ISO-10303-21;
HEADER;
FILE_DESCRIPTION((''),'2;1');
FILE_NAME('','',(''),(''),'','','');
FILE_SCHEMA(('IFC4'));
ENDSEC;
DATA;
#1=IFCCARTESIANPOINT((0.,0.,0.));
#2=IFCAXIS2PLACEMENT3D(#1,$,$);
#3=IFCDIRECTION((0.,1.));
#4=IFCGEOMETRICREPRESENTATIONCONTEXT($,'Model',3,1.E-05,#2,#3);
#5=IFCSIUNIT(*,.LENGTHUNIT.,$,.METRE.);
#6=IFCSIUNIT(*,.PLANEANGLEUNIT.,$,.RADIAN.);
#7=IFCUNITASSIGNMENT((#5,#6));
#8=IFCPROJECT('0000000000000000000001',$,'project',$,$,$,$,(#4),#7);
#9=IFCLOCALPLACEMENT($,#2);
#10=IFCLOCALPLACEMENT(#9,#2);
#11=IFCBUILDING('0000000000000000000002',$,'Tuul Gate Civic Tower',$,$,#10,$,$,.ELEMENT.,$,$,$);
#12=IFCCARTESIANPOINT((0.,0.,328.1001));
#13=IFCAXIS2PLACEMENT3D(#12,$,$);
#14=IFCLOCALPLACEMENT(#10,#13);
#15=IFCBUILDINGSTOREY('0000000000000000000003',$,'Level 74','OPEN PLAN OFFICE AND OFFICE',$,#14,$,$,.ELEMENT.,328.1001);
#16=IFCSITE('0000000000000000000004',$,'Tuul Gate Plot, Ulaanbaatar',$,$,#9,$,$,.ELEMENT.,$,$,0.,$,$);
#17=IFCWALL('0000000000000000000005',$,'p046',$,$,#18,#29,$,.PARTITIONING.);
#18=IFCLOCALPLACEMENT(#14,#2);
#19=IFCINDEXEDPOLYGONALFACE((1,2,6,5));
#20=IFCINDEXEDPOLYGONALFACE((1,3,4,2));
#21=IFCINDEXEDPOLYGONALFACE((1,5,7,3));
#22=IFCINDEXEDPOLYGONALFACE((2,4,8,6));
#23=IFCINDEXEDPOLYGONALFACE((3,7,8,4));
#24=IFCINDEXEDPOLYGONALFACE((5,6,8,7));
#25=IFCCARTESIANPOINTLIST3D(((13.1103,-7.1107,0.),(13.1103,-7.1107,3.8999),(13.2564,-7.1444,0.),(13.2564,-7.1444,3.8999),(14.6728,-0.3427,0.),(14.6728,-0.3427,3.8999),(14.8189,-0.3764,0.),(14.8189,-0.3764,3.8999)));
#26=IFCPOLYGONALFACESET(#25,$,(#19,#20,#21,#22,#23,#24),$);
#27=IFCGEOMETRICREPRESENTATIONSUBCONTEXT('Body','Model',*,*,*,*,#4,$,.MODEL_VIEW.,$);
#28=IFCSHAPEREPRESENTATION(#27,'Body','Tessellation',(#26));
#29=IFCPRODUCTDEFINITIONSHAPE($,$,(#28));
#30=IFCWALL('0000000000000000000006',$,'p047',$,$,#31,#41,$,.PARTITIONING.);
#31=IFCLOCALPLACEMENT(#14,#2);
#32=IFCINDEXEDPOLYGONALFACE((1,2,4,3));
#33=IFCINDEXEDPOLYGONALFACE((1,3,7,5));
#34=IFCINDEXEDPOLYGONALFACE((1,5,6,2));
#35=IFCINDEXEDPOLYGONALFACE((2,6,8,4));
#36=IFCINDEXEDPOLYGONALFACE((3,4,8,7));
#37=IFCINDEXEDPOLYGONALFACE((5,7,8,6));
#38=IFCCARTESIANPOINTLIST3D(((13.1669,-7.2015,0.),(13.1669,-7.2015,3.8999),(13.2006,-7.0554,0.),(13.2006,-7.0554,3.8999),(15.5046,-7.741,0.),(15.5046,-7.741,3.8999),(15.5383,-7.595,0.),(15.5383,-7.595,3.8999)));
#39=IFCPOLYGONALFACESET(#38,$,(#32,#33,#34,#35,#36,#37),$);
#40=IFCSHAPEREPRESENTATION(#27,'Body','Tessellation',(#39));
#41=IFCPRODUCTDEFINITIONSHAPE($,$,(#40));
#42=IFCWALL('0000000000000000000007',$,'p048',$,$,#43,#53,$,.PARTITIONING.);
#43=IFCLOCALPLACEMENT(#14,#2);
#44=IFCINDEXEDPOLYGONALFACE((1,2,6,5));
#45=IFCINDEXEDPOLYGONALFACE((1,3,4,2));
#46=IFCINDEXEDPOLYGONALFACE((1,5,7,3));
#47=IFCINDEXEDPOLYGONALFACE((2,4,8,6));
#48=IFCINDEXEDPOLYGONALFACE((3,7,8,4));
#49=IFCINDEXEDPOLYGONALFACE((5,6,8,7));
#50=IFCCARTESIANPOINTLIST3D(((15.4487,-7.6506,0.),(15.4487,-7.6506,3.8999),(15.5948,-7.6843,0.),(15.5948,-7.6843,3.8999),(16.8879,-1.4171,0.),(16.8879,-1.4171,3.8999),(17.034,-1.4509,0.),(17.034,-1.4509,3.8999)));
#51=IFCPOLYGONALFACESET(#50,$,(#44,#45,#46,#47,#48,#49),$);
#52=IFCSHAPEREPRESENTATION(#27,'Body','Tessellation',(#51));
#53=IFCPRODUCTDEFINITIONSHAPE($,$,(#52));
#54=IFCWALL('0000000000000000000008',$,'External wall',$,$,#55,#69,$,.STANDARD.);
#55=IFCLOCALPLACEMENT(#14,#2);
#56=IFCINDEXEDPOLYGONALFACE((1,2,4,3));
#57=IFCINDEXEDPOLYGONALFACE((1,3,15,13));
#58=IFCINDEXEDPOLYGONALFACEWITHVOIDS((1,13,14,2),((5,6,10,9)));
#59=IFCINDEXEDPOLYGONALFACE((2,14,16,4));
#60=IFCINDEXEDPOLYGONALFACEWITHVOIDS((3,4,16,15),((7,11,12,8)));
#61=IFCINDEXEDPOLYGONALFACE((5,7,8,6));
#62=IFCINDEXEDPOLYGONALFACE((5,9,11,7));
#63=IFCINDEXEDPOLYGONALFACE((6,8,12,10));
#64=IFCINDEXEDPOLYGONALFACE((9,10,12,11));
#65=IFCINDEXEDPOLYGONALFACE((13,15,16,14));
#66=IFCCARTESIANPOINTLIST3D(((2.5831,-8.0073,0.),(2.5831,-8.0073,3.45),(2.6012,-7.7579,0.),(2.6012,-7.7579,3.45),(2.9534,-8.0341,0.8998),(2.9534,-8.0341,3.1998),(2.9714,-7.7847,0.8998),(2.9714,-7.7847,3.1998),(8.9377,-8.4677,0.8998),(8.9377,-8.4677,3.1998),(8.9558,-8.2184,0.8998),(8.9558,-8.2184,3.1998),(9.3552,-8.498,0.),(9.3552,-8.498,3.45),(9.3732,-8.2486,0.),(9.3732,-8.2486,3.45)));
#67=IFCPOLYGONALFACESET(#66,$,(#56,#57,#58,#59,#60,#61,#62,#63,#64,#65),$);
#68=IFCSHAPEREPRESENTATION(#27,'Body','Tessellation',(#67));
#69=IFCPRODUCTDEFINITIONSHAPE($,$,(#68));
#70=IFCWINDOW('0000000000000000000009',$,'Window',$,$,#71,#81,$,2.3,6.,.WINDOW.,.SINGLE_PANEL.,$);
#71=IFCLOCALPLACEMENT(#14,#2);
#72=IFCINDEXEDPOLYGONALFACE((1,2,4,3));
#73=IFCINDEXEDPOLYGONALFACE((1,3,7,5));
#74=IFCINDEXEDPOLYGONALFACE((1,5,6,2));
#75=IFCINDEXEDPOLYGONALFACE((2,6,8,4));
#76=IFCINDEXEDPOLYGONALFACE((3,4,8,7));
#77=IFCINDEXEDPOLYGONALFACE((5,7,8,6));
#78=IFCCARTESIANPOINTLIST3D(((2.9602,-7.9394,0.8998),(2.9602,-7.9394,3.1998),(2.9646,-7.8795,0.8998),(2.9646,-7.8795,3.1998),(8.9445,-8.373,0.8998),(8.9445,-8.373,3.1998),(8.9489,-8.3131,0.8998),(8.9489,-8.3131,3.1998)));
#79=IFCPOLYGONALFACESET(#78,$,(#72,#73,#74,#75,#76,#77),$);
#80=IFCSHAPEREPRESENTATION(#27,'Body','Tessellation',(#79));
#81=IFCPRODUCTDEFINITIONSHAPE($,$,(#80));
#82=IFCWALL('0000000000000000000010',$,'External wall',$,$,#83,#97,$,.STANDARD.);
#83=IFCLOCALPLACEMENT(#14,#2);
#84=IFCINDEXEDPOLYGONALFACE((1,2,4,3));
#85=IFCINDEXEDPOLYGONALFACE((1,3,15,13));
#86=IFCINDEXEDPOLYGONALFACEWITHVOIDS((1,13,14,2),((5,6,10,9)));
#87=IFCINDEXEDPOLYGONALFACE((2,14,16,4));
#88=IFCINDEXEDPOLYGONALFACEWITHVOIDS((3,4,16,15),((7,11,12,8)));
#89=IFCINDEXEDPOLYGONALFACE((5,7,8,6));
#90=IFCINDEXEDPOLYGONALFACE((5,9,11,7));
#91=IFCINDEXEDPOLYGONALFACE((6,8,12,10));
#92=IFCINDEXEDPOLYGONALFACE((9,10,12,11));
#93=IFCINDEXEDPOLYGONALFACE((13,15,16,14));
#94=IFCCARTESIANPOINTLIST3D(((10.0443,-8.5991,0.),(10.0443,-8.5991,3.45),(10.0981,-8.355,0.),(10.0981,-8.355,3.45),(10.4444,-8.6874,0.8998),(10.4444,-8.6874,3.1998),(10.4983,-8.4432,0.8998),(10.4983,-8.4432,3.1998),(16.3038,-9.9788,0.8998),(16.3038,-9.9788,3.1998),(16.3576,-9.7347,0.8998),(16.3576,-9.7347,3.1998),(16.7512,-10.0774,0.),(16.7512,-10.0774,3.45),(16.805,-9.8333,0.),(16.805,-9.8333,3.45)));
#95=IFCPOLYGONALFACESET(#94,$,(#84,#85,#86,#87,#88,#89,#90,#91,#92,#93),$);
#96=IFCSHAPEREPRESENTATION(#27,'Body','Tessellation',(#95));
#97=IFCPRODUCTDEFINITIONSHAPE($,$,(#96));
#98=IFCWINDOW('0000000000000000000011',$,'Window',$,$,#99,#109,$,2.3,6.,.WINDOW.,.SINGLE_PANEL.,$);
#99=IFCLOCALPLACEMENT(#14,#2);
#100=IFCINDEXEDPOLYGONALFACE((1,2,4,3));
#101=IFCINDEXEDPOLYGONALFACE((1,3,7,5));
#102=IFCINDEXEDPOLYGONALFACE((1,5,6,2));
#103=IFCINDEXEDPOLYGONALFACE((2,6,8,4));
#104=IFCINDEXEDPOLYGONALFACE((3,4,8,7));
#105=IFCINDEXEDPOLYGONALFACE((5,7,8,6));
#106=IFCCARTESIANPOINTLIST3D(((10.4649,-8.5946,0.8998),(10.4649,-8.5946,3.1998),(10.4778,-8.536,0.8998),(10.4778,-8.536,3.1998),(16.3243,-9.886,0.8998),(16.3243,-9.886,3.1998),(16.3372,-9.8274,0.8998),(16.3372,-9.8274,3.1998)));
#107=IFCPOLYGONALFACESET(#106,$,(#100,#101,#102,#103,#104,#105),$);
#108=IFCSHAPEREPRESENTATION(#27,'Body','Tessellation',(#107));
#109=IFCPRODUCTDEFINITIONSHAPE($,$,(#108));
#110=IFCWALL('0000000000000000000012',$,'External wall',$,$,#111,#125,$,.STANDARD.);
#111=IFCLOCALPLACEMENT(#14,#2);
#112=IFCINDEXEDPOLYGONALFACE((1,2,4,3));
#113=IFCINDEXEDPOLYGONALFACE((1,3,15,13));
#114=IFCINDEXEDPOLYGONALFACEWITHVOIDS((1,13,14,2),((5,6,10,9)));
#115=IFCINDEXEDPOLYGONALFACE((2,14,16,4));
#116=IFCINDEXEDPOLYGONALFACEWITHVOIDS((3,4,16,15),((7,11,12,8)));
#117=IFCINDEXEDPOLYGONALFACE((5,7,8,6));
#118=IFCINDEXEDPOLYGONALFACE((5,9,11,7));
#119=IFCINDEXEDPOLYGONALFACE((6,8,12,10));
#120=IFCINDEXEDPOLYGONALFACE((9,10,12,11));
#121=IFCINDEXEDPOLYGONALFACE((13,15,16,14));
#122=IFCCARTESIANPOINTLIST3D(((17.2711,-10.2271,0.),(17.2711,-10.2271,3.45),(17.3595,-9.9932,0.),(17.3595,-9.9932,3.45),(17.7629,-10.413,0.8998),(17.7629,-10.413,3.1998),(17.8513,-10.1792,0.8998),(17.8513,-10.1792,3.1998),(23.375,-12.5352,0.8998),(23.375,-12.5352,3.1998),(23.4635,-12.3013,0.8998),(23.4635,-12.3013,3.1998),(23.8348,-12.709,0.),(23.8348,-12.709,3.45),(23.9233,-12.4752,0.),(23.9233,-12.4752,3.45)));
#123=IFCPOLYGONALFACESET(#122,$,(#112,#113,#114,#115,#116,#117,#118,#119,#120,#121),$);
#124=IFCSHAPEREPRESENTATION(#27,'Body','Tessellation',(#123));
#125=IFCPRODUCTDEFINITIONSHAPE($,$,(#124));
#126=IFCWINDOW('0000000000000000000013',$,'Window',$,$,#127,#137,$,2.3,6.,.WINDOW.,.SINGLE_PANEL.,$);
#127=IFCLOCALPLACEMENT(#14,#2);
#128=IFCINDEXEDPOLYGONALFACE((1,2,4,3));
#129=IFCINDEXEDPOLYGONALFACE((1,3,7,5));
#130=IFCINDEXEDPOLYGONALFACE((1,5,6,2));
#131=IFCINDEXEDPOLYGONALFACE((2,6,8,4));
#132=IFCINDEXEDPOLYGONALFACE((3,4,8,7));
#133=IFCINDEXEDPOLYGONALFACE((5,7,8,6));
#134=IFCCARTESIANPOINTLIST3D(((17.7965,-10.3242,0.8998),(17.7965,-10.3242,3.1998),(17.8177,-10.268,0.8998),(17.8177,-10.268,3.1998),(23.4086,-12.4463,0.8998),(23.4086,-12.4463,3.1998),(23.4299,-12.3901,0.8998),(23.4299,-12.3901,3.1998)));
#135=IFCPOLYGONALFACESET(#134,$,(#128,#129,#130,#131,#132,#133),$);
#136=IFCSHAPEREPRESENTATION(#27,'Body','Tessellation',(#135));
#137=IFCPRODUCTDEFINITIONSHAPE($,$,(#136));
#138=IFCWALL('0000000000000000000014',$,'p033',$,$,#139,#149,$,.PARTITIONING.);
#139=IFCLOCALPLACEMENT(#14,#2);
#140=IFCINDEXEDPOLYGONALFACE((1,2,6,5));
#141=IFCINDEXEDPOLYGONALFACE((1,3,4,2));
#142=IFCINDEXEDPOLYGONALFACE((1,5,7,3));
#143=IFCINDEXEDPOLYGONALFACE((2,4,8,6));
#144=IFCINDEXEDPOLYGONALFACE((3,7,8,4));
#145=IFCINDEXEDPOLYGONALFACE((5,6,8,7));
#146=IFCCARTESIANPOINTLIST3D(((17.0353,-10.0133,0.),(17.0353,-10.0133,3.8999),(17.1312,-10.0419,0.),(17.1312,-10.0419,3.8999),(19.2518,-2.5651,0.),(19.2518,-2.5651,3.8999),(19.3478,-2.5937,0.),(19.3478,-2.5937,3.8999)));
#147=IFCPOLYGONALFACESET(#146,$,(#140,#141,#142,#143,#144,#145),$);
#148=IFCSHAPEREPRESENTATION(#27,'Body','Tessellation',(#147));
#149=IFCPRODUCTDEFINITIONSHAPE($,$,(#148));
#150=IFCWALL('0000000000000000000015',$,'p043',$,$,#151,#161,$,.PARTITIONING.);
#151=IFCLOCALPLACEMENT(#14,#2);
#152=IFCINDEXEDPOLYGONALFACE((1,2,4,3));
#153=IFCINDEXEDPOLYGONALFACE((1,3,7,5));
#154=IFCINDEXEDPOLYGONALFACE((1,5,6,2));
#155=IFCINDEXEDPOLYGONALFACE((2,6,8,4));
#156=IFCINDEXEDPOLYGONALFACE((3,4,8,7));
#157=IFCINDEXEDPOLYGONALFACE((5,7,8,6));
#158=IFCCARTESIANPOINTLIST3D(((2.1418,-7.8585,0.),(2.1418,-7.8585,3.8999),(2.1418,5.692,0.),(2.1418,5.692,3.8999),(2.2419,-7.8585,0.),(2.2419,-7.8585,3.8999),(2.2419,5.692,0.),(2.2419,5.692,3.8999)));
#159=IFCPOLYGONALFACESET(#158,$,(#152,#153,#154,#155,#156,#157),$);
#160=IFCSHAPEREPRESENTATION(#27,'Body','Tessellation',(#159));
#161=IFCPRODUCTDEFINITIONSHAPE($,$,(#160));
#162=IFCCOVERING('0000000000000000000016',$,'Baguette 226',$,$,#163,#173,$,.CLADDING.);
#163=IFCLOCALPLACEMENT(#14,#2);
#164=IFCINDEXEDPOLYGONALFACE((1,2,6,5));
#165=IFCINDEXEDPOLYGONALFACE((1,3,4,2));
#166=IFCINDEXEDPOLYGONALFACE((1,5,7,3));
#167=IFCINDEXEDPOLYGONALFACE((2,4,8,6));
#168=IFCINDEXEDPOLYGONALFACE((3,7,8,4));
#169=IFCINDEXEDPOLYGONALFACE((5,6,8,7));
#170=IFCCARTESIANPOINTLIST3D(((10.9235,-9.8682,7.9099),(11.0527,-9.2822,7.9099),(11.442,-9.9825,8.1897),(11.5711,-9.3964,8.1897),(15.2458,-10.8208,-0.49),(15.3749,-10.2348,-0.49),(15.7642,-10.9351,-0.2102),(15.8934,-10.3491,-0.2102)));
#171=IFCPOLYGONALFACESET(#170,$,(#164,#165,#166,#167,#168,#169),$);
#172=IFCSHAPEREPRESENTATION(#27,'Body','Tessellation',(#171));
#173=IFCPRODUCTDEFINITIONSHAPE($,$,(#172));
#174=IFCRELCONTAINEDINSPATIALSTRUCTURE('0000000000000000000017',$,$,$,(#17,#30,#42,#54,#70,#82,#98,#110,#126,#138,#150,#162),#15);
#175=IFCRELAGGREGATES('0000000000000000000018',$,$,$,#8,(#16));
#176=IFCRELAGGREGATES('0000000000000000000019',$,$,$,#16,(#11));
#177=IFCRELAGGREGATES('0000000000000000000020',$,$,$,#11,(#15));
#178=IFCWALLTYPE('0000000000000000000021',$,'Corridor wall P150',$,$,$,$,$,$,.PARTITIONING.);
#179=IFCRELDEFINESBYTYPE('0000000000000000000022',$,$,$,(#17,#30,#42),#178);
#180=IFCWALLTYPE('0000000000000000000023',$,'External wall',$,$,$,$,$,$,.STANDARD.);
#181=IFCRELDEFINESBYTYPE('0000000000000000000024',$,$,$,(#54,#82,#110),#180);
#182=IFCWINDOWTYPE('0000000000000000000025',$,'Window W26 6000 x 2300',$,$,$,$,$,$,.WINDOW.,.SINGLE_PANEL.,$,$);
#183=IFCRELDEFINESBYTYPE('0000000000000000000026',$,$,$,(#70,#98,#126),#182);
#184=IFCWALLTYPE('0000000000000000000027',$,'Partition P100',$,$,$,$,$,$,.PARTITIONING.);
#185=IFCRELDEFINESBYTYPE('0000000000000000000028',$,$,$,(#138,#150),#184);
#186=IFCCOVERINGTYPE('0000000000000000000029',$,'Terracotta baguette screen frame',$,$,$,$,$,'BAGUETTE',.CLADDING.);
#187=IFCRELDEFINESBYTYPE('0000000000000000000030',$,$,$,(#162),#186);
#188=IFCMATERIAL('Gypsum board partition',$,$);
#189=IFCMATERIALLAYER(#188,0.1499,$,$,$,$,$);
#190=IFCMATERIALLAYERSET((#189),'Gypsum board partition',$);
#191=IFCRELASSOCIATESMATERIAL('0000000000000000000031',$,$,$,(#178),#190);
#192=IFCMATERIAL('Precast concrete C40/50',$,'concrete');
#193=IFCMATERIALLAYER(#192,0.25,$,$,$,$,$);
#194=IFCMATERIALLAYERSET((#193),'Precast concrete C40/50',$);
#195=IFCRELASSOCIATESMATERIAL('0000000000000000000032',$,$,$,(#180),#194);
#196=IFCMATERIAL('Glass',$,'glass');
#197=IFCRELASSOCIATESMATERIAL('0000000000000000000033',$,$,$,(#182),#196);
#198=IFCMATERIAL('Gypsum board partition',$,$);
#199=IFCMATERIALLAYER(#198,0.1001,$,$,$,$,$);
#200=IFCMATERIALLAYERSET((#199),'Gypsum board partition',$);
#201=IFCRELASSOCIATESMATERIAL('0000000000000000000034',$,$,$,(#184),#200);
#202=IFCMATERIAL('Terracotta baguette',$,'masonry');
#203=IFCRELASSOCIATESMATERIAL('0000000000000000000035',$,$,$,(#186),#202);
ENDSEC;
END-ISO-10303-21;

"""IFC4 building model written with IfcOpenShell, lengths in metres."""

from ifc_helpers import new_model, si_unit, direction, frame, frame_2d, origin, origin_2d, place, context, subcontext, project, spatial, rectangle, extrude, material, layer, layer_set, material_profile, profile_set, type_object, element, fill, save


model = new_model("IFC4")

# Units and contexts
model_context = context("Model", 3, precision=1e-05, world=origin(), true_north=direction((0.0, 1.0)))
body_context = subcontext(model_context, "Body", "Model", "MODEL_VIEW")
ifc_project = project(units=[si_unit("LENGTHUNIT", "METRE"), si_unit("PLANEANGLEUNIT", "RADIAN")], contexts=[model_context])

# Site, building, storey
site_placement = place(None, origin())
site = spatial("IfcSite", under=ifc_project, at=site_placement, Name="Tuul Gate Plot, Ulaanbaatar", CompositionType="ELEMENT", RefElevation=0.0)
building_placement = place(site_placement, origin())
building = spatial("IfcBuilding", under=site, at=building_placement, Name="Tuul Gate Civic Tower", CompositionType="ELEMENT")
storey_placement = place(building_placement, frame((0.0, 0.0, 328.1001)))
storey = spatial("IfcBuildingStorey", under=building, at=storey_placement, Name="Level 74", Description="OPEN PLAN OFFICE AND OFFICE", CompositionType="ELEMENT", Elevation=328.1001)

# Walls
ifc_material_1 = material(Name="Gypsum board partition")
ifc_layer_1 = layer(ifc_material_1, 0.1499)
ifc_layer_set_1 = layer_set([ifc_layer_1], Name="Gypsum board partition")
wall_type_1 = type_object("IfcWallType", Name="Corridor wall P150", PredefinedType="PARTITIONING", material=ifc_layer_set_1)
wall_1_placement = place(storey_placement, frame((13.1833, -7.1277, 0.0), z_axis=(0.0, 0.0, 1.0), x_axis=(0.224947, 0.974371, 0.0)))
element("IfcWall", 1, at=wall_1_placement, inside=storey, type_object=wall_type_1, Name="p046", PredefinedType="PARTITIONING", context=body_context, shape_type="SweptSolid", body=[
    extrude(rectangle(XDim=6.946, YDim=0.1499, at=frame_2d((3.4731, 0.0))), origin(), (0.0, 0.0, 1.0), 3.8999),
])
wall_2_placement = place(storey_placement, frame((13.1836, -7.1284, 0.0), z_axis=(0.0, 0.0, 1.0), x_axis=(0.974383, -0.224897, 0.0)))
element("IfcWall", 2, at=wall_2_placement, inside=storey, type_object=wall_type_1, Name="p047", PredefinedType="PARTITIONING", context=body_context, shape_type="SweptSolid", body=[
    extrude(rectangle(XDim=2.3992, YDim=0.1499, at=frame_2d((1.1997, 0.0))), origin(), (0.0, 0.0, 1.0), 3.8999),
])
wall_3_placement = place(storey_placement, frame((15.5217, -7.6675, 0.0), z_axis=(0.0, 0.0, 1.0), x_axis=(0.224968, 0.974366, 0.0)))
element("IfcWall", 3, at=wall_3_placement, inside=storey, type_object=wall_type_1, Name="p048", PredefinedType="PARTITIONING", context=body_context, shape_type="SweptSolid", body=[
    extrude(rectangle(XDim=6.3975, YDim=0.1499, at=frame_2d((3.1987, 0.0))), origin(), (0.0, 0.0, 1.0), 3.8999),
])

# Walls, openings, windows
ifc_material_2 = material(Name="Precast concrete C40/50", Category="concrete")
ifc_layer_2 = layer(ifc_material_2, 0.25)
ifc_layer_set_2 = layer_set([ifc_layer_2], Name="Precast concrete C40/50")
wall_type_2 = type_object("IfcWallType", Name="External wall", PredefinedType="STANDARD", material=ifc_layer_set_2)
wall_4_placement = place(storey_placement, frame((2.592, -7.8826, 0.0), z_axis=(0.0, 0.0, 1.0), x_axis=(0.997385, -0.072274, 0.0)))
wall_4 = element("IfcWall", 4, at=wall_4_placement, inside=storey, type_object=wall_type_2, Name="External wall", PredefinedType="STANDARD", context=body_context, shape_type="SweptSolid", body=[
    extrude(rectangle(XDim=6.7898, YDim=0.25, at=frame_2d((3.395, 0.0))), origin(), (0.0, 0.0, 1.0), 3.45),
])
opening_1_placement = place(wall_4_placement, frame((0.3713, 0.0, 0.8999)))
opening_1 = element("IfcOpeningElement", 5, at=opening_1_placement, cuts=wall_4, PredefinedType="OPENING", context=body_context, shape_type="SweptSolid", body=[
    extrude(rectangle(XDim=6.0, YDim=2.3, at=frame_2d((3.0, 1.1499))), frame((0.0, 0.135, 0.0), z_axis=(0.0, -1.0, 0.0), x_axis=(1.0, 0.0, 0.0)), (0.0, 0.0, 1.0), 0.27),
])
ifc_material_3 = material(Name="Glass", Category="glass")
window_type = type_object("IfcWindowType", Name="Window W26 6000 x 2300", PartitioningType="SINGLE_PANEL", PredefinedType="WINDOW", material=ifc_material_3)
window_1_placement = place(opening_1_placement, origin())
window_1 = element("IfcWindow", 6, at=window_1_placement, inside=storey, type_object=window_type, Name="Window", OverallHeight=2.3, OverallWidth=6.0, PartitioningType="SINGLE_PANEL", PredefinedType="WINDOW", context=body_context, shape_type="SweptSolid", body=[
    extrude(rectangle(XDim=6.0, YDim=2.3, at=frame_2d((3.0, 1.1499))), frame((0.0, 0.03, 0.0), z_axis=(0.0, -1.0, 0.0), x_axis=(1.0, 0.0, 0.0)), (0.0, 0.0, 1.0), 0.0601),
])
fill(opening_1, window_1)
wall_5_placement = place(storey_placement, frame((10.071, -8.4771, 0.0), z_axis=(0.0, 0.0, 1.0), x_axis=(0.976561, -0.21524, 0.0)))
wall_5 = element("IfcWall", 7, at=wall_5_placement, inside=storey, type_object=wall_type_2, Name="External wall", PredefinedType="STANDARD", context=body_context, shape_type="SweptSolid", body=[
    extrude(rectangle(XDim=6.8679, YDim=0.25, at=frame_2d((3.4341, 0.0))), origin(), (0.0, 0.0, 1.0), 3.45),
])
opening_2_placement = place(wall_5_placement, frame((0.4099, 0.0, 0.8999)))
opening_2 = element("IfcOpeningElement", 8, at=opening_2_placement, cuts=wall_5, PredefinedType="OPENING", context=body_context, shape_type="SweptSolid", body=[
    extrude(rectangle(XDim=6.0, YDim=2.3, at=frame_2d((3.0, 1.1499))), frame((0.0, 0.135, 0.0), z_axis=(0.0, -1.0, 0.0), x_axis=(1.0, 0.0, 0.0)), (0.0, 0.0, 1.0), 0.27),
])
window_2_placement = place(opening_2_placement, origin())
window_2 = element("IfcWindow", 9, at=window_2_placement, inside=storey, type_object=window_type, Name="Window", OverallHeight=2.3, OverallWidth=6.0, PartitioningType="SINGLE_PANEL", PredefinedType="WINDOW", context=body_context, shape_type="SweptSolid", body=[
    extrude(rectangle(XDim=6.0, YDim=2.3, at=frame_2d((3.0, 1.1499))), frame((0.0, 0.03, 0.0), z_axis=(0.0, -1.0, 0.0), x_axis=(1.0, 0.0, 0.0)), (0.0, 0.0, 1.0), 0.0601),
])
fill(opening_2, window_2)
wall_6_placement = place(storey_placement, frame((17.3152, -10.1101, 0.0), z_axis=(0.0, 0.0, 1.0), x_axis=(0.935363, -0.353688, 0.0)))
wall_6 = element("IfcWall", 10, at=wall_6_placement, inside=storey, type_object=wall_type_2, Name="External wall", PredefinedType="STANDARD", context=body_context, shape_type="SweptSolid", body=[
    extrude(rectangle(XDim=7.0173, YDim=0.25, at=frame_2d((3.5088, 0.0))), origin(), (0.0, 0.0, 1.0), 3.45),
])
opening_3_placement = place(wall_6_placement, frame((0.5259, 0.0, 0.8999)))
opening_3 = element("IfcOpeningElement", 11, at=opening_3_placement, cuts=wall_6, PredefinedType="OPENING", context=body_context, shape_type="SweptSolid", body=[
    extrude(rectangle(XDim=6.0, YDim=2.3, at=frame_2d((3.0, 1.1499))), frame((0.0, 0.135, 0.0), z_axis=(0.0, -1.0, 0.0), x_axis=(1.0, 0.0, 0.0)), (0.0, 0.0, 1.0), 0.27),
])
window_3_placement = place(opening_3_placement, origin())
window_3 = element("IfcWindow", 12, at=window_3_placement, inside=storey, type_object=window_type, Name="Window", OverallHeight=2.3, OverallWidth=6.0, PartitioningType="SINGLE_PANEL", PredefinedType="WINDOW", context=body_context, shape_type="SweptSolid", body=[
    extrude(rectangle(XDim=6.0, YDim=2.3, at=frame_2d((3.0, 1.1499))), frame((0.0, 0.03, 0.0), z_axis=(0.0, -1.0, 0.0), x_axis=(1.0, 0.0, 0.0)), (0.0, 0.0, 1.0), 0.0601),
])
fill(opening_3, window_3)

# Walls
ifc_material_4 = material(Name="Gypsum board partition")
ifc_layer_3 = layer(ifc_material_4, 0.1001)
ifc_layer_set_3 = layer_set([ifc_layer_3], Name="Gypsum board partition")
wall_type_3 = type_object("IfcWallType", Name="Partition P100", PredefinedType="PARTITIONING", material=ifc_layer_set_3)
wall_7_placement = place(storey_placement, frame((17.0833, -10.0276, 0.0), z_axis=(0.0, 0.0, 1.0), x_axis=(0.285232, 0.958459, 0.0)))
element("IfcWall", 13, at=wall_7_placement, inside=storey, type_object=wall_type_3, Name="p033", PredefinedType="PARTITIONING", context=body_context, shape_type="SweptSolid", body=[
    extrude(rectangle(XDim=7.771, YDim=0.1001, at=frame_2d((3.8855, 0.0))), origin(), (0.0, 0.0, 1.0), 3.8999),
])
wall_8_placement = place(storey_placement, frame((2.1919, -7.8586, 0.0), z_axis=(0.0, 0.0, 1.0), x_axis=(0.0, 1.0, 0.0)))
element("IfcWall", 14, at=wall_8_placement, inside=storey, type_object=wall_type_3, Name="p043", PredefinedType="PARTITIONING", context=body_context, shape_type="SweptSolid", body=[
    extrude(rectangle(XDim=13.5505, YDim=0.1001, at=frame_2d((6.7754, 0.0))), origin(), (0.0, 0.0, 1.0), 3.8999),
])

# Covering
ifc_material_5 = material(Name="Terracotta baguette", Category="masonry")
ifc_material_profile_1 = material_profile(ifc_material_5, rectangle(XDim=0.6001, YDim=0.6001, at=origin_2d()), Name="Terracotta baguette screen frame")
ifc_profile_set_1 = profile_set([ifc_material_profile_1], Name="Terracotta baguette")
covering_type = type_object("IfcCoveringType", Name="Terracotta baguette screen frame", ElementType="BAGUETTE", PredefinedType="CLADDING", material=ifc_profile_set_1)
covering_placement = place(storey_placement, frame((11.2473, -9.6323, 8.0498), z_axis=(0.455233, -0.100334, -0.884701), x_axis=(0.215236, 0.976562, 0.0)))
element("IfcCovering", 15, at=covering_placement, inside=storey, type_object=covering_type, Name="Baguette 226", PredefinedType="CLADDING", context=body_context, shape_type="SweptSolid", body=[
    extrude(rectangle(XDim=0.6001, YDim=0.6001, at=origin_2d()), origin(), (0.0, 0.0, 1.0), 9.4946),
])

save(model, "model.ifc")
